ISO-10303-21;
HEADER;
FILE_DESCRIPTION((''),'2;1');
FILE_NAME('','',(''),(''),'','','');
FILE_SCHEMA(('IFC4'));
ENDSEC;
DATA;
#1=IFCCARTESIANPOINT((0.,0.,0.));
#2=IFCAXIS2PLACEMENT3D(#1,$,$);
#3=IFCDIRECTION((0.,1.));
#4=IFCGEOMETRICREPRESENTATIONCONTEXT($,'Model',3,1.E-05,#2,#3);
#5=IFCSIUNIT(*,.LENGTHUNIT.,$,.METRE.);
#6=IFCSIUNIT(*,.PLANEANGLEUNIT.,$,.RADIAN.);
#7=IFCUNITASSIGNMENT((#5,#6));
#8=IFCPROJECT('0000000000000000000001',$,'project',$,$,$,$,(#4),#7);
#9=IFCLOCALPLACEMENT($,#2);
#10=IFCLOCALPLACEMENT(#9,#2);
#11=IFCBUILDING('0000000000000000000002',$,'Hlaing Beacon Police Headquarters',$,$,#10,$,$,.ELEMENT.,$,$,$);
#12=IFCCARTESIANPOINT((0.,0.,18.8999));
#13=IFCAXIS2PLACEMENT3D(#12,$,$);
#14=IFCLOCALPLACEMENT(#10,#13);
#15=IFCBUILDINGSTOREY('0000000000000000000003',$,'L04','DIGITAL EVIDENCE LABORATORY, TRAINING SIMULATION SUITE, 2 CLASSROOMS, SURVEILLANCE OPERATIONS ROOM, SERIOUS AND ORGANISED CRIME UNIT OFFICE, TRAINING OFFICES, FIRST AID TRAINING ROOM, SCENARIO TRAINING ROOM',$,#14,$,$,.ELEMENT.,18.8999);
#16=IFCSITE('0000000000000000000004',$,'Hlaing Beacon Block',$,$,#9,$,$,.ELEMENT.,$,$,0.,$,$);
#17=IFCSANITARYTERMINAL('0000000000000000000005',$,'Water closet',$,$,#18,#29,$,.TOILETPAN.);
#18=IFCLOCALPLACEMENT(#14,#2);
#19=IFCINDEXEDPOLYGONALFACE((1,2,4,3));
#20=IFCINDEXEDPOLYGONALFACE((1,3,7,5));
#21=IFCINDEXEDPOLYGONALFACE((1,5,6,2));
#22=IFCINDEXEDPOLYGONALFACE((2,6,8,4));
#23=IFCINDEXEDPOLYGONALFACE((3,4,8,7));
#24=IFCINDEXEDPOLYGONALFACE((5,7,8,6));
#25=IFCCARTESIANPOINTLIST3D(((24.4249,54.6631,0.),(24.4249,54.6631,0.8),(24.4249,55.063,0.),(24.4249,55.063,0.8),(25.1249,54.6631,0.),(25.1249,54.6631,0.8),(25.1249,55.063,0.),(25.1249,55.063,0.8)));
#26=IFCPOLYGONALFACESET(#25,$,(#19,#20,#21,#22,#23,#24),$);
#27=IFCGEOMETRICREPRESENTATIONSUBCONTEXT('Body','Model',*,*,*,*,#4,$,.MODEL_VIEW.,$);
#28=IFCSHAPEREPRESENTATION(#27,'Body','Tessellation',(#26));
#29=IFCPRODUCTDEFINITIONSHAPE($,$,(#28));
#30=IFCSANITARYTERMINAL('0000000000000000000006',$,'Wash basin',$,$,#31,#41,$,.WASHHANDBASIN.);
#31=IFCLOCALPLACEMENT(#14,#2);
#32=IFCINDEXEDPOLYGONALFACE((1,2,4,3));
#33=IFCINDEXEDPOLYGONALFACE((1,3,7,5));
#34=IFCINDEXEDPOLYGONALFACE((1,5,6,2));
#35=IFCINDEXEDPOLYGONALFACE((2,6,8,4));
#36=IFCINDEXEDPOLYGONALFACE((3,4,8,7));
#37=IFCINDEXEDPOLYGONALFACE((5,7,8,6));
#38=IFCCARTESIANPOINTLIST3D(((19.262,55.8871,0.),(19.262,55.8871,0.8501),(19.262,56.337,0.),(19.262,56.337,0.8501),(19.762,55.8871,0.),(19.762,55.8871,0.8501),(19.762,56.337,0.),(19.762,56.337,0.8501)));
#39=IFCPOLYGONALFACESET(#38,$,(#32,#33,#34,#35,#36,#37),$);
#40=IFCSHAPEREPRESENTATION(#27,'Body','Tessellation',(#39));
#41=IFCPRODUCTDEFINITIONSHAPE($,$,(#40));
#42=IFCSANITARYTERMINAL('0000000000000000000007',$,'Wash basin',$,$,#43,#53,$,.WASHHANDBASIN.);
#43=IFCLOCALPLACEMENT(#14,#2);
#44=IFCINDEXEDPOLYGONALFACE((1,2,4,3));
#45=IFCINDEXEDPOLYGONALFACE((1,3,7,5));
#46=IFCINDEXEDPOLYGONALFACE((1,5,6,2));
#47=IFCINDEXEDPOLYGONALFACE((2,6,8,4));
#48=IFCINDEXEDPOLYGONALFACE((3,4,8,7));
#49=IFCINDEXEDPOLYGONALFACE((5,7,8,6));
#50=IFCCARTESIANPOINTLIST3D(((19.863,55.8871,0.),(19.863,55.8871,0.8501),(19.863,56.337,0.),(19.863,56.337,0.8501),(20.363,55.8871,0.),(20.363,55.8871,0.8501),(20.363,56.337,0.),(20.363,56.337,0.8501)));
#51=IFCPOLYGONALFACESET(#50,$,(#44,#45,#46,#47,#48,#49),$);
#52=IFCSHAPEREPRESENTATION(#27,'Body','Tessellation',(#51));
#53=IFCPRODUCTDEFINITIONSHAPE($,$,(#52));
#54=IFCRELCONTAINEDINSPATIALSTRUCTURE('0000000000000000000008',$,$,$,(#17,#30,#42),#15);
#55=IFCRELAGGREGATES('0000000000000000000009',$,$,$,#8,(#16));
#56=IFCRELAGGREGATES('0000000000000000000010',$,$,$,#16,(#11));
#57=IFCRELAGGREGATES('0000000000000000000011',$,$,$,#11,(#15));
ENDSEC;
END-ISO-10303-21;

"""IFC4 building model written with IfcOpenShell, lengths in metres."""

from ifc_helpers import new_model, si_unit, direction, frame, origin, origin_2d, place, context, subcontext, project, spatial, rectangle, extrude, element, save


model = new_model("IFC4")

# Units and contexts
model_context = context("Model", 3, precision=1e-05, world=origin(), true_north=direction((0.0, 1.0)))
body_context = subcontext(model_context, "Body", "Model", "MODEL_VIEW")
ifc_project = project(units=[si_unit("LENGTHUNIT", "METRE"), si_unit("PLANEANGLEUNIT", "RADIAN")], contexts=[model_context])

# Site, building, storey
site_placement = place(None, origin())
site = spatial("IfcSite", under=ifc_project, at=site_placement, Name="Hlaing Beacon Block", CompositionType="ELEMENT", RefElevation=0.0)
building_placement = place(site_placement, origin())
building = spatial("IfcBuilding", under=site, at=building_placement, Name="Hlaing Beacon Police Headquarters", CompositionType="ELEMENT")
storey_placement = place(building_placement, frame((0.0, 0.0, 18.8999)))
storey = spatial("IfcBuildingStorey", under=building, at=storey_placement, Name="L04", Description="DIGITAL EVIDENCE LABORATORY, TRAINING SIMULATION SUITE, 2 CLASSROOMS, SURVEILLANCE OPERATIONS ROOM, SERIOUS AND ORGANISED CRIME UNIT OFFICE, TRAINING OFFICES, FIRST AID TRAINING ROOM, SCENARIO TRAINING ROOM", CompositionType="ELEMENT", Elevation=18.8999)

# Sanitary terminals
for number, where, z_axis, x_axis, name in (
    (1, (24.7749, 54.863, 0.0), (0.0, 0.0, 1.0), (1.0, 0.0, 0.0), "Water closet"),
):
    element("IfcSanitaryTerminal", number, at=place(storey_placement, frame(where, z_axis=z_axis, x_axis=x_axis)), inside=storey, Name=name, PredefinedType="TOILETPAN", context=body_context, shape_type="SweptSolid", body=[
        extrude(rectangle(XDim=0.7, YDim=0.3999, at=origin_2d()), origin(), (0.0, 0.0, 1.0), 0.8),
    ])
for number, where, z_axis, x_axis, name in (
    (2, (19.512, 56.1121, 0.0), (0.0, 0.0, 1.0), (1.0, 0.0, 0.0), "Wash basin"),
    (3, (20.113, 56.1121, 0.0), (0.0, 0.0, 1.0), (1.0, 0.0, 0.0), "Wash basin"),
):
    element("IfcSanitaryTerminal", number, at=place(storey_placement, frame(where, z_axis=z_axis, x_axis=x_axis)), inside=storey, Name=name, PredefinedType="WASHHANDBASIN", context=body_context, shape_type="SweptSolid", body=[
        extrude(rectangle(XDim=0.5, YDim=0.45, at=origin_2d()), origin(), (0.0, 0.0, 1.0), 0.8501),
    ])

save(model, "model.ifc")
